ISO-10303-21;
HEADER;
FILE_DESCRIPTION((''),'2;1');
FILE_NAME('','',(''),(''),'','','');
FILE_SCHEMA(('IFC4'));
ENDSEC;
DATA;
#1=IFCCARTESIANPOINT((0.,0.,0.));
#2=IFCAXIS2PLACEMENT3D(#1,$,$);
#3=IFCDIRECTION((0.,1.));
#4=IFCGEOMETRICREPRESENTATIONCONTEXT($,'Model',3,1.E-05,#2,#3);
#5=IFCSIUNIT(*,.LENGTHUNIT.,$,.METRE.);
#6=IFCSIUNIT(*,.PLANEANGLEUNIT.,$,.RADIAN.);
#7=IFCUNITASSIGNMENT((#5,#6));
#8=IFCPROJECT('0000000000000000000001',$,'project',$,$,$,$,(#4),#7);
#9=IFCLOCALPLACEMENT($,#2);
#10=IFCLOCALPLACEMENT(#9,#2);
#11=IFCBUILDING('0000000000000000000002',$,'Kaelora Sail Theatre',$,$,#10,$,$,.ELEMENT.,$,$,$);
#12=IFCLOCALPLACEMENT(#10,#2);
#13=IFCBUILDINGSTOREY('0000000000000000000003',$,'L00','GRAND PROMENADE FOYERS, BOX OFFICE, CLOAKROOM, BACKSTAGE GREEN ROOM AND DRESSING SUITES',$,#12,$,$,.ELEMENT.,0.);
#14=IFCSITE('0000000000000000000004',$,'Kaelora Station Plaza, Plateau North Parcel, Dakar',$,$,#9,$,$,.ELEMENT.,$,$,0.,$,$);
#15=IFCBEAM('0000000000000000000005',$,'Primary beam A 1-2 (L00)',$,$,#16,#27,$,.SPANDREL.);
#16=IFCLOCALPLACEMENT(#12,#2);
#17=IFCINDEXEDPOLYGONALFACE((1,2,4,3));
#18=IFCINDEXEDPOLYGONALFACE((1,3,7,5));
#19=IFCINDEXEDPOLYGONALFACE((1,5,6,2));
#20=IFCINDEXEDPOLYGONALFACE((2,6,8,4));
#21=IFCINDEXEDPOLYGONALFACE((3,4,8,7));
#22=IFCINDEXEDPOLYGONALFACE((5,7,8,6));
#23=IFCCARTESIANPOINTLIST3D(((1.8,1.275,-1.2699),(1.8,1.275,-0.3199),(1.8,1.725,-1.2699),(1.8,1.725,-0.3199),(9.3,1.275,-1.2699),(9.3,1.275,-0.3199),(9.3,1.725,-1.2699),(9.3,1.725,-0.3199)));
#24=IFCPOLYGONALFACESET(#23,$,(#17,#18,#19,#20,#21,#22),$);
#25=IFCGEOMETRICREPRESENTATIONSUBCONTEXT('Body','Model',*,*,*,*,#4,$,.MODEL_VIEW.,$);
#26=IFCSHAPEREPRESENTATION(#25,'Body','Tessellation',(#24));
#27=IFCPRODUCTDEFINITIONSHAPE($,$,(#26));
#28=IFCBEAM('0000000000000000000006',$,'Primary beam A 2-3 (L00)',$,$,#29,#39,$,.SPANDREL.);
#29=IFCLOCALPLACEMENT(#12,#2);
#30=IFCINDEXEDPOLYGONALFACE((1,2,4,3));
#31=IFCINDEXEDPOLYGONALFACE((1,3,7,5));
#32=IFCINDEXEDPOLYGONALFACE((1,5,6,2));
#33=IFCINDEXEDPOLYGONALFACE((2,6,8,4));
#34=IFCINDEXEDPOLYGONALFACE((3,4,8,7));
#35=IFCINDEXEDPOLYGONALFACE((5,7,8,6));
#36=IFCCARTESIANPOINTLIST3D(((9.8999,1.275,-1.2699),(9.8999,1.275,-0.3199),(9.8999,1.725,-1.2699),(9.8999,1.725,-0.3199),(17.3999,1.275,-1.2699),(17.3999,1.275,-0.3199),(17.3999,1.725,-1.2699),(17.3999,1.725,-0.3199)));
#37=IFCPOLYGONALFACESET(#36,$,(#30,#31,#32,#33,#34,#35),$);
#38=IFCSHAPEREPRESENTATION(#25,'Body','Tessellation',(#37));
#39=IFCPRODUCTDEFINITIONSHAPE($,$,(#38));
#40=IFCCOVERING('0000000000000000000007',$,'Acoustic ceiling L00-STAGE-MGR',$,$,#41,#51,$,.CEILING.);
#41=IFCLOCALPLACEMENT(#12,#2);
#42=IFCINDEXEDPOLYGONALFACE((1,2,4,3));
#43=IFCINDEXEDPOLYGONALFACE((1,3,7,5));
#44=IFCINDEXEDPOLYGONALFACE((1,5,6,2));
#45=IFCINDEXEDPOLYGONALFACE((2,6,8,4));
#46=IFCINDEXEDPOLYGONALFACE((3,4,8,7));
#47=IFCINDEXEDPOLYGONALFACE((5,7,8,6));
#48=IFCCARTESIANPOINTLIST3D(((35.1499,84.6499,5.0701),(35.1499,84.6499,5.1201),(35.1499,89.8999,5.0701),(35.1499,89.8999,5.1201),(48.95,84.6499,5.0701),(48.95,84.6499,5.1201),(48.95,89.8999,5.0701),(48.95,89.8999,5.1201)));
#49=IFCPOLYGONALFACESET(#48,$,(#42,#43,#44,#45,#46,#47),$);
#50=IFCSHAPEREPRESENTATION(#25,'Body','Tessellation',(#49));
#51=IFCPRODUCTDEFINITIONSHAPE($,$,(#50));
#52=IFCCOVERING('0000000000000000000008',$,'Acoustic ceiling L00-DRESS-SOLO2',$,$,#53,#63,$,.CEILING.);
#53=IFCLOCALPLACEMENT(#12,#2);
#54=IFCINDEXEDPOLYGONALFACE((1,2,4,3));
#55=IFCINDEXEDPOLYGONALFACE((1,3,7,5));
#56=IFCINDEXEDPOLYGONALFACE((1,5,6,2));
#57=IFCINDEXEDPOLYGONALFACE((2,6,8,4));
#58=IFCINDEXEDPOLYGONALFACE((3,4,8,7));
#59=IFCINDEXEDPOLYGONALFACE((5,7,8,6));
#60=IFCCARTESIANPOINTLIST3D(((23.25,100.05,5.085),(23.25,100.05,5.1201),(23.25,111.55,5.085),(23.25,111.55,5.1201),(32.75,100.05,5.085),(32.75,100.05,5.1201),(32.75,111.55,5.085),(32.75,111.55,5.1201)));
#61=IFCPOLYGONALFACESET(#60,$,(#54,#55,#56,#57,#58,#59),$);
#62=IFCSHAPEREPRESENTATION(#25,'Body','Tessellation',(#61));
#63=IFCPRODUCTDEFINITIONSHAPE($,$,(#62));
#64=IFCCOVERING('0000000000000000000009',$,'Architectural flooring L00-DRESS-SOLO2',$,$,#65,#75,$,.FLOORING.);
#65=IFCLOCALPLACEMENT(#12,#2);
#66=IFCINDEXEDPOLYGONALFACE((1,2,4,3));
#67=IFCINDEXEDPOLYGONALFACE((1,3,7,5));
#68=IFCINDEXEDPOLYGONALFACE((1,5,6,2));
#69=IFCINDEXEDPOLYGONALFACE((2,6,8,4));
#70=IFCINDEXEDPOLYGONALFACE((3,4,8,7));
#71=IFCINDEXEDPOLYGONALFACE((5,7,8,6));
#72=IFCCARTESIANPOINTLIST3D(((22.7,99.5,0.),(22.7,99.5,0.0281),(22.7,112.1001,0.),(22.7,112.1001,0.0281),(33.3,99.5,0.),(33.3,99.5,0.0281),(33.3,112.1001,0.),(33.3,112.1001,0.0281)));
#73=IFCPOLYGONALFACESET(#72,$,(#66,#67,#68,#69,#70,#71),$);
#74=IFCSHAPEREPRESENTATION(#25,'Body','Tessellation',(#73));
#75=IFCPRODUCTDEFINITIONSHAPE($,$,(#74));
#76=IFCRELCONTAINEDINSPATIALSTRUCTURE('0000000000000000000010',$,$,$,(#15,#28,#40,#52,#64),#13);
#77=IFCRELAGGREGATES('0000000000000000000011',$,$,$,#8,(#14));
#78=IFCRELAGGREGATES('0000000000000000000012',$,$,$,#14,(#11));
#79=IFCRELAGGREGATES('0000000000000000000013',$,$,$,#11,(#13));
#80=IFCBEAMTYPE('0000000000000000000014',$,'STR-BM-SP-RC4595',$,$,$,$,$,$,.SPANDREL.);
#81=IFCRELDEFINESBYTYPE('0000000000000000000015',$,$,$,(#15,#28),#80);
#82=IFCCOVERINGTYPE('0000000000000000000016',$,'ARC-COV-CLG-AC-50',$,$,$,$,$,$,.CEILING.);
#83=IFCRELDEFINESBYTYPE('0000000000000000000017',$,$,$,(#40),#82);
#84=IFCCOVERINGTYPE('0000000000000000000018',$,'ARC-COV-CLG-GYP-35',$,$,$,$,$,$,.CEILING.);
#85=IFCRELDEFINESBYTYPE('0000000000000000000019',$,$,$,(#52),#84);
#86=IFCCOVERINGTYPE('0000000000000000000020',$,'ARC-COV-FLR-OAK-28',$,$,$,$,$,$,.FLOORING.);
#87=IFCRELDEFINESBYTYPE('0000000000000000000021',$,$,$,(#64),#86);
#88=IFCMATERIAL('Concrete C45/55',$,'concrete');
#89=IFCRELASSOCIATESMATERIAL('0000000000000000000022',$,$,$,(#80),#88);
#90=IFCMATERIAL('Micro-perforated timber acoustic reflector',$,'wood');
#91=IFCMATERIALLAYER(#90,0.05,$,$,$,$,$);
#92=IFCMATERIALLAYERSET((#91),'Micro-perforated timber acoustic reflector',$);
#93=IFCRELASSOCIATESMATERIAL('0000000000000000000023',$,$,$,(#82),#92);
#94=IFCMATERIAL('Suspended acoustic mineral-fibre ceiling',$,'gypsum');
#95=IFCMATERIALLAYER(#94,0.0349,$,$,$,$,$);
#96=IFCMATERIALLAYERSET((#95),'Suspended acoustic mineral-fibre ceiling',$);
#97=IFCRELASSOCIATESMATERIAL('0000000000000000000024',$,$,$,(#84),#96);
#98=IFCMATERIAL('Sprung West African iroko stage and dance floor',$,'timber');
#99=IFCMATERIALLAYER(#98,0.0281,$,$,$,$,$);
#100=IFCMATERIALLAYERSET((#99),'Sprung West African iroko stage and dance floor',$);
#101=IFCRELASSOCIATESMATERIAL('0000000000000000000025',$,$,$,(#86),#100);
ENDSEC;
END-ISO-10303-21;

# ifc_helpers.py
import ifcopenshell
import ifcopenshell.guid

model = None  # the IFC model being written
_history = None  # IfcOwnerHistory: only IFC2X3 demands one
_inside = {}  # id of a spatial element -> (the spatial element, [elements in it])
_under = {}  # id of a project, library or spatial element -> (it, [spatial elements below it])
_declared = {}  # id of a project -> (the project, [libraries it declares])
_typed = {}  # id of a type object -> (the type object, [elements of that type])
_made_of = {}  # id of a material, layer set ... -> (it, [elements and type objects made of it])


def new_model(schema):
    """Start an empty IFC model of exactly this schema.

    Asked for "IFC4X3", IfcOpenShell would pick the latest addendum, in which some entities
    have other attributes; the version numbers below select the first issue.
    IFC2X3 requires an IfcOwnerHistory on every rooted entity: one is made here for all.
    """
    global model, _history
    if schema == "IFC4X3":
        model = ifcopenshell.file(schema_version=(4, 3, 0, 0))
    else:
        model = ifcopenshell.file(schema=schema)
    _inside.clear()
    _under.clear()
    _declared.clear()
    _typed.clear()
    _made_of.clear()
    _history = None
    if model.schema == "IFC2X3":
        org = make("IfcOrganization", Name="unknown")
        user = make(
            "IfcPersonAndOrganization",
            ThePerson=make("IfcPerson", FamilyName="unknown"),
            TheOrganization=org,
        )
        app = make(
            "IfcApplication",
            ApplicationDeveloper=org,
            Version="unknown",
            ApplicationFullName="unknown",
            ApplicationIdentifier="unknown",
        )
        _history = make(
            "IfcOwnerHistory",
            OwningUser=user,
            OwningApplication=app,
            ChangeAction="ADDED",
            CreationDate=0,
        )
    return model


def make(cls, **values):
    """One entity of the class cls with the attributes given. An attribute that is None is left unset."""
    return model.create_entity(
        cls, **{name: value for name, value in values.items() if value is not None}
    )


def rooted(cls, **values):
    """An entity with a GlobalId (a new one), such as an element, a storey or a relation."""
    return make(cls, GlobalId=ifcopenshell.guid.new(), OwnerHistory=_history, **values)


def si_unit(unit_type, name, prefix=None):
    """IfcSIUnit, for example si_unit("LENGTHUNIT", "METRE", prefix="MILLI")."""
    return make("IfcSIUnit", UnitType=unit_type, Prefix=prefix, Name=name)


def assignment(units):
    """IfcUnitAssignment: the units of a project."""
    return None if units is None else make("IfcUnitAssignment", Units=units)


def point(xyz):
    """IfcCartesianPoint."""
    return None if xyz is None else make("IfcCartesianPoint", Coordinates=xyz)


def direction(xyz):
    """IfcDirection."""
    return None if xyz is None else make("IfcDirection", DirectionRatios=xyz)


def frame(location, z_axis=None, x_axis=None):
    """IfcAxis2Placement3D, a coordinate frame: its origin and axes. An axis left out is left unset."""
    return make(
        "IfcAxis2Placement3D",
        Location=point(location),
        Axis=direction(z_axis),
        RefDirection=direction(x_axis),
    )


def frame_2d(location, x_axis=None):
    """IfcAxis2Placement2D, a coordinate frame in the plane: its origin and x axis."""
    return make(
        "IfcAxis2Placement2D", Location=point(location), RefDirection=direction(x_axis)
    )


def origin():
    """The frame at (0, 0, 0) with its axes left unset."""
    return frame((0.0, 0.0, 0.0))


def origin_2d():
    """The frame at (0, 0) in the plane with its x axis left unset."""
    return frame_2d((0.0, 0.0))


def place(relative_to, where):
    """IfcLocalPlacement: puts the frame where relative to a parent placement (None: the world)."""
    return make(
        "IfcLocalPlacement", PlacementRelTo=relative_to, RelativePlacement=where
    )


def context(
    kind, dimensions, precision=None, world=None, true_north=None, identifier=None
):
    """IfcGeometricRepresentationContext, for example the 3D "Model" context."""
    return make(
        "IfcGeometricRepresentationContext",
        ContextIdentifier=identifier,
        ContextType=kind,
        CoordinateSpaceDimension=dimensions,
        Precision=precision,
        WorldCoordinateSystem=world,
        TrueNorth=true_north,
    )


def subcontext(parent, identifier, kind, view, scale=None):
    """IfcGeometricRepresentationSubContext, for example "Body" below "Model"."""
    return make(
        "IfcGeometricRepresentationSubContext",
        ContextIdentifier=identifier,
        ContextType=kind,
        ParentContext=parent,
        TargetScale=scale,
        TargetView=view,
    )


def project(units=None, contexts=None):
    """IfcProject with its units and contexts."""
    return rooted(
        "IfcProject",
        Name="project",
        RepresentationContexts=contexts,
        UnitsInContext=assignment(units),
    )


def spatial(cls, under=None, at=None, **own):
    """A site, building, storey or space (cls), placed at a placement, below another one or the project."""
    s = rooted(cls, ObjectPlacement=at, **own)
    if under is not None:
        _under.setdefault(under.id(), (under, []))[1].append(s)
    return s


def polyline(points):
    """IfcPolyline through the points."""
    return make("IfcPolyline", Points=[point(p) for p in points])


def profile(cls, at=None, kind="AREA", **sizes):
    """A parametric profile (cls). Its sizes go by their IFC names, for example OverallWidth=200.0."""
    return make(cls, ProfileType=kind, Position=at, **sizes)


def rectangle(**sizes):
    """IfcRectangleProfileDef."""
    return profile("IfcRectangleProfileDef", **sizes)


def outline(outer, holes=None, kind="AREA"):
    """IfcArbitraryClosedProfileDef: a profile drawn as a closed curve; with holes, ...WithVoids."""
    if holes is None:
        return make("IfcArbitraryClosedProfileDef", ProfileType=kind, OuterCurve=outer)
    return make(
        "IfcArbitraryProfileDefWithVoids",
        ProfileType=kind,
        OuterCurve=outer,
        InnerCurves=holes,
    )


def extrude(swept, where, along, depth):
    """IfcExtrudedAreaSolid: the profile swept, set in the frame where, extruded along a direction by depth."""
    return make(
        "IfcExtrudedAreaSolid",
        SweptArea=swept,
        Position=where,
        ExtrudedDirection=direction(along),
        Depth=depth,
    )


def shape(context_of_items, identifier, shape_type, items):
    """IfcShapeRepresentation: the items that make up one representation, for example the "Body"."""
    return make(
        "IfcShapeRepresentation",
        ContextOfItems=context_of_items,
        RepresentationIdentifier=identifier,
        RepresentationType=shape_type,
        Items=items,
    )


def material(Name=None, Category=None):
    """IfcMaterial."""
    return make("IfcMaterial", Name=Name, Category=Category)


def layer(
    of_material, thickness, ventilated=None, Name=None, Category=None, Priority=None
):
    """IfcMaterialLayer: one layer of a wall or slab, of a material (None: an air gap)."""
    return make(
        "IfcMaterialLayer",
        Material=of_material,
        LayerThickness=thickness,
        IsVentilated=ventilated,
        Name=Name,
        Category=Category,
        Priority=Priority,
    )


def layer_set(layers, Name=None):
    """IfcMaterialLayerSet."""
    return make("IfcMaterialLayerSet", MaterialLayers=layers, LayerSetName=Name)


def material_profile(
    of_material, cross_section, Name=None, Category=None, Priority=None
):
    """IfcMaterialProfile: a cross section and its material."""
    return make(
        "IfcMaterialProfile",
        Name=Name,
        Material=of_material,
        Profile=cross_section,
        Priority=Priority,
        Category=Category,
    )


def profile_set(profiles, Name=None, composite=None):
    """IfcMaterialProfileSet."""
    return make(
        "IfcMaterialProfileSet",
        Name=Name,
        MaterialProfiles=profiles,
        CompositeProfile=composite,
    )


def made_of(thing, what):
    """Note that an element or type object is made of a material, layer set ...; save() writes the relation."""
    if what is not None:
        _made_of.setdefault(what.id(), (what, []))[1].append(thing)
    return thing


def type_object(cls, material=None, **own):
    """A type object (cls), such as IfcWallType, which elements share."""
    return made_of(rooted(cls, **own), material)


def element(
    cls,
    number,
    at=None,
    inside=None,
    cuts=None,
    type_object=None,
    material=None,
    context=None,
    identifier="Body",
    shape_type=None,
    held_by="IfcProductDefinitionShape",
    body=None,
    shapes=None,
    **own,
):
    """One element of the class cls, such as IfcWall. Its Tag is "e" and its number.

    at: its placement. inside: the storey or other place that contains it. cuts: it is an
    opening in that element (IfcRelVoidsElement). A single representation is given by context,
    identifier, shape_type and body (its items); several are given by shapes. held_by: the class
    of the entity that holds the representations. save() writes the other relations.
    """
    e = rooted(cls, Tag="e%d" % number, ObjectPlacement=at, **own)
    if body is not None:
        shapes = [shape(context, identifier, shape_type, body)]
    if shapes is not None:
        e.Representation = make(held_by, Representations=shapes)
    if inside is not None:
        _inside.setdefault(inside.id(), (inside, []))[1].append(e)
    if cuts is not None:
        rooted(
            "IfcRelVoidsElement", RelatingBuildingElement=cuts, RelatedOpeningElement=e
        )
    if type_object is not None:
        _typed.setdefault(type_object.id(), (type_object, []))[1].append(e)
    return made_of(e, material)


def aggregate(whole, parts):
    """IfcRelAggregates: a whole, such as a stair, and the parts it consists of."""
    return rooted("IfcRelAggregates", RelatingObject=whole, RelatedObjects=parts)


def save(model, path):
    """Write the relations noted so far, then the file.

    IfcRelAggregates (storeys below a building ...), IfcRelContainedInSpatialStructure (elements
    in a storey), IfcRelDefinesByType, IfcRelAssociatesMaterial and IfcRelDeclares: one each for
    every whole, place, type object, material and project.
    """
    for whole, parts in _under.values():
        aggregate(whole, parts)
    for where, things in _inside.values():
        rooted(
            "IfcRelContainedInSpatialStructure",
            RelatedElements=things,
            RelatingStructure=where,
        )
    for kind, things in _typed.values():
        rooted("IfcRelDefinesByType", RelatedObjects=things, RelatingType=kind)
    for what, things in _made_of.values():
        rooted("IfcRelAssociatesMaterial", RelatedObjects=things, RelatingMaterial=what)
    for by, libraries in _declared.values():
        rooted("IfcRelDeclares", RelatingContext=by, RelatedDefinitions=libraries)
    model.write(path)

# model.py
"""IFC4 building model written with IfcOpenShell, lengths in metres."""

from ifc_helpers import new_model, si_unit, direction, frame, origin, origin_2d, place, context, subcontext, project, spatial, polyline, rectangle, outline, extrude, material, layer, layer_set, material_profile, profile_set, type_object, element, save


model = new_model("IFC4")

# Units and contexts
model_context = context("Model", 3, precision=1e-05, world=origin(), true_north=direction((0.0, 1.0)))
body_context = subcontext(model_context, "Body", "Model", "MODEL_VIEW")
ifc_project = project(units=[si_unit("LENGTHUNIT", "METRE"), si_unit("PLANEANGLEUNIT", "RADIAN")], contexts=[model_context])

# Site, building, storey
site_placement = place(None, origin())
site = spatial("IfcSite", under=ifc_project, at=site_placement, Name="Kaelora Station Plaza, Plateau North Parcel, Dakar", CompositionType="ELEMENT", RefElevation=0.0)
building_placement = place(site_placement, origin())
building = spatial("IfcBuilding", under=site, at=building_placement, Name="Kaelora Sail Theatre", CompositionType="ELEMENT")
storey_placement = place(building_placement, origin())
storey = spatial("IfcBuildingStorey", under=building, at=storey_placement, Name="L00", Description="GRAND PROMENADE FOYERS, BOX OFFICE, CLOAKROOM, BACKSTAGE GREEN ROOM AND DRESSING SUITES", CompositionType="ELEMENT", Elevation=0.0)

# Beams
ifc_material_1 = material(Name="Concrete C45/55", Category="concrete")
ifc_material_profile_1 = material_profile(ifc_material_1, rectangle(XDim=0.45, YDim=0.95, at=origin_2d()), Name="RC-SPN 450x950")
ifc_profile_set_1 = profile_set([ifc_material_profile_1], Name="Concrete C45/55")
beam_type_1 = type_object("IfcBeamType", Name="STR-BM-SP-RC4595", PredefinedType="SPANDREL", material=ifc_profile_set_1)
for number, where, z_axis, x_axis, name in (
    (1, (1.8, 1.5, -0.7949), (1.0, 0.0, 0.0), (0.0, 1.0, 0.0), "Primary beam A 1-2 (L00)"),
    (2, (9.8999, 1.5, -0.7949), (1.0, 0.0, 0.0), (0.0, 1.0, 0.0), "Primary beam A 2-3 (L00)"),
):
    element("IfcBeam", number, at=place(storey_placement, frame(where, z_axis=z_axis, x_axis=x_axis)), inside=storey, type_object=beam_type_1, Name=name, PredefinedType="SPANDREL", context=body_context, shape_type="SweptSolid", body=[
        extrude(rectangle(XDim=0.45, YDim=0.95, at=origin_2d()), origin(), (0.0, 0.0, 1.0), 7.5),
    ])

# Coverings
ifc_material_2 = material(Name="Micro-perforated timber acoustic reflector", Category="wood")
ifc_layer_1 = layer(ifc_material_2, 0.05)
ifc_layer_set_1 = layer_set([ifc_layer_1], Name="Micro-perforated timber acoustic reflector")
covering_type_1 = type_object("IfcCoveringType", Name="ARC-COV-CLG-AC-50", PredefinedType="CEILING", material=ifc_layer_set_1)
covering_1_placement = place(storey_placement, frame((0.0, 0.0, 5.0701)))
element("IfcCovering", 3, at=covering_1_placement, inside=storey, type_object=covering_type_1, Name="Acoustic ceiling L00-STAGE-MGR", PredefinedType="CEILING", context=body_context, shape_type="SweptSolid", body=[
    extrude(outline(polyline([(35.1499, 84.6499), (48.95, 84.6499), (48.95, 89.8999), (35.1499, 89.8999), (35.1499, 84.6499)])), origin(), (0.0, 0.0, 1.0), 0.05),
])
ifc_material_3 = material(Name="Suspended acoustic mineral-fibre ceiling", Category="gypsum")
ifc_layer_2 = layer(ifc_material_3, 0.0349)
ifc_layer_set_2 = layer_set([ifc_layer_2], Name="Suspended acoustic mineral-fibre ceiling")
covering_type_2 = type_object("IfcCoveringType", Name="ARC-COV-CLG-GYP-35", PredefinedType="CEILING", material=ifc_layer_set_2)
covering_2_placement = place(storey_placement, frame((0.0, 0.0, 5.085)))
element("IfcCovering", 4, at=covering_2_placement, inside=storey, type_object=covering_type_2, Name="Acoustic ceiling L00-DRESS-SOLO2", PredefinedType="CEILING", context=body_context, shape_type="SweptSolid", body=[
    extrude(outline(polyline([(23.25, 100.05), (32.75, 100.05), (32.75, 111.55), (23.25, 111.55), (23.25, 100.05)])), origin(), (0.0, 0.0, 1.0), 0.0352),
])
ifc_material_4 = material(Name="Sprung West African iroko stage and dance floor", Category="timber")
ifc_layer_3 = layer(ifc_material_4, 0.0281)
ifc_layer_set_3 = layer_set([ifc_layer_3], Name="Sprung West African iroko stage and dance floor")
covering_type_3 = type_object("IfcCoveringType", Name="ARC-COV-FLR-OAK-28", PredefinedType="FLOORING", material=ifc_layer_set_3)
covering_3_placement = place(storey_placement, origin())
element("IfcCovering", 5, at=covering_3_placement, inside=storey, type_object=covering_type_3, Name="Architectural flooring L00-DRESS-SOLO2", PredefinedType="FLOORING", context=body_context, shape_type="SweptSolid", body=[
    extrude(outline(polyline([(22.7, 99.5), (33.3, 99.5), (33.3, 112.1001), (22.7, 112.1001), (22.7, 99.5)])), origin(), (0.0, 0.0, 1.0), 0.0281),
])

save(model, "model.ifc")
